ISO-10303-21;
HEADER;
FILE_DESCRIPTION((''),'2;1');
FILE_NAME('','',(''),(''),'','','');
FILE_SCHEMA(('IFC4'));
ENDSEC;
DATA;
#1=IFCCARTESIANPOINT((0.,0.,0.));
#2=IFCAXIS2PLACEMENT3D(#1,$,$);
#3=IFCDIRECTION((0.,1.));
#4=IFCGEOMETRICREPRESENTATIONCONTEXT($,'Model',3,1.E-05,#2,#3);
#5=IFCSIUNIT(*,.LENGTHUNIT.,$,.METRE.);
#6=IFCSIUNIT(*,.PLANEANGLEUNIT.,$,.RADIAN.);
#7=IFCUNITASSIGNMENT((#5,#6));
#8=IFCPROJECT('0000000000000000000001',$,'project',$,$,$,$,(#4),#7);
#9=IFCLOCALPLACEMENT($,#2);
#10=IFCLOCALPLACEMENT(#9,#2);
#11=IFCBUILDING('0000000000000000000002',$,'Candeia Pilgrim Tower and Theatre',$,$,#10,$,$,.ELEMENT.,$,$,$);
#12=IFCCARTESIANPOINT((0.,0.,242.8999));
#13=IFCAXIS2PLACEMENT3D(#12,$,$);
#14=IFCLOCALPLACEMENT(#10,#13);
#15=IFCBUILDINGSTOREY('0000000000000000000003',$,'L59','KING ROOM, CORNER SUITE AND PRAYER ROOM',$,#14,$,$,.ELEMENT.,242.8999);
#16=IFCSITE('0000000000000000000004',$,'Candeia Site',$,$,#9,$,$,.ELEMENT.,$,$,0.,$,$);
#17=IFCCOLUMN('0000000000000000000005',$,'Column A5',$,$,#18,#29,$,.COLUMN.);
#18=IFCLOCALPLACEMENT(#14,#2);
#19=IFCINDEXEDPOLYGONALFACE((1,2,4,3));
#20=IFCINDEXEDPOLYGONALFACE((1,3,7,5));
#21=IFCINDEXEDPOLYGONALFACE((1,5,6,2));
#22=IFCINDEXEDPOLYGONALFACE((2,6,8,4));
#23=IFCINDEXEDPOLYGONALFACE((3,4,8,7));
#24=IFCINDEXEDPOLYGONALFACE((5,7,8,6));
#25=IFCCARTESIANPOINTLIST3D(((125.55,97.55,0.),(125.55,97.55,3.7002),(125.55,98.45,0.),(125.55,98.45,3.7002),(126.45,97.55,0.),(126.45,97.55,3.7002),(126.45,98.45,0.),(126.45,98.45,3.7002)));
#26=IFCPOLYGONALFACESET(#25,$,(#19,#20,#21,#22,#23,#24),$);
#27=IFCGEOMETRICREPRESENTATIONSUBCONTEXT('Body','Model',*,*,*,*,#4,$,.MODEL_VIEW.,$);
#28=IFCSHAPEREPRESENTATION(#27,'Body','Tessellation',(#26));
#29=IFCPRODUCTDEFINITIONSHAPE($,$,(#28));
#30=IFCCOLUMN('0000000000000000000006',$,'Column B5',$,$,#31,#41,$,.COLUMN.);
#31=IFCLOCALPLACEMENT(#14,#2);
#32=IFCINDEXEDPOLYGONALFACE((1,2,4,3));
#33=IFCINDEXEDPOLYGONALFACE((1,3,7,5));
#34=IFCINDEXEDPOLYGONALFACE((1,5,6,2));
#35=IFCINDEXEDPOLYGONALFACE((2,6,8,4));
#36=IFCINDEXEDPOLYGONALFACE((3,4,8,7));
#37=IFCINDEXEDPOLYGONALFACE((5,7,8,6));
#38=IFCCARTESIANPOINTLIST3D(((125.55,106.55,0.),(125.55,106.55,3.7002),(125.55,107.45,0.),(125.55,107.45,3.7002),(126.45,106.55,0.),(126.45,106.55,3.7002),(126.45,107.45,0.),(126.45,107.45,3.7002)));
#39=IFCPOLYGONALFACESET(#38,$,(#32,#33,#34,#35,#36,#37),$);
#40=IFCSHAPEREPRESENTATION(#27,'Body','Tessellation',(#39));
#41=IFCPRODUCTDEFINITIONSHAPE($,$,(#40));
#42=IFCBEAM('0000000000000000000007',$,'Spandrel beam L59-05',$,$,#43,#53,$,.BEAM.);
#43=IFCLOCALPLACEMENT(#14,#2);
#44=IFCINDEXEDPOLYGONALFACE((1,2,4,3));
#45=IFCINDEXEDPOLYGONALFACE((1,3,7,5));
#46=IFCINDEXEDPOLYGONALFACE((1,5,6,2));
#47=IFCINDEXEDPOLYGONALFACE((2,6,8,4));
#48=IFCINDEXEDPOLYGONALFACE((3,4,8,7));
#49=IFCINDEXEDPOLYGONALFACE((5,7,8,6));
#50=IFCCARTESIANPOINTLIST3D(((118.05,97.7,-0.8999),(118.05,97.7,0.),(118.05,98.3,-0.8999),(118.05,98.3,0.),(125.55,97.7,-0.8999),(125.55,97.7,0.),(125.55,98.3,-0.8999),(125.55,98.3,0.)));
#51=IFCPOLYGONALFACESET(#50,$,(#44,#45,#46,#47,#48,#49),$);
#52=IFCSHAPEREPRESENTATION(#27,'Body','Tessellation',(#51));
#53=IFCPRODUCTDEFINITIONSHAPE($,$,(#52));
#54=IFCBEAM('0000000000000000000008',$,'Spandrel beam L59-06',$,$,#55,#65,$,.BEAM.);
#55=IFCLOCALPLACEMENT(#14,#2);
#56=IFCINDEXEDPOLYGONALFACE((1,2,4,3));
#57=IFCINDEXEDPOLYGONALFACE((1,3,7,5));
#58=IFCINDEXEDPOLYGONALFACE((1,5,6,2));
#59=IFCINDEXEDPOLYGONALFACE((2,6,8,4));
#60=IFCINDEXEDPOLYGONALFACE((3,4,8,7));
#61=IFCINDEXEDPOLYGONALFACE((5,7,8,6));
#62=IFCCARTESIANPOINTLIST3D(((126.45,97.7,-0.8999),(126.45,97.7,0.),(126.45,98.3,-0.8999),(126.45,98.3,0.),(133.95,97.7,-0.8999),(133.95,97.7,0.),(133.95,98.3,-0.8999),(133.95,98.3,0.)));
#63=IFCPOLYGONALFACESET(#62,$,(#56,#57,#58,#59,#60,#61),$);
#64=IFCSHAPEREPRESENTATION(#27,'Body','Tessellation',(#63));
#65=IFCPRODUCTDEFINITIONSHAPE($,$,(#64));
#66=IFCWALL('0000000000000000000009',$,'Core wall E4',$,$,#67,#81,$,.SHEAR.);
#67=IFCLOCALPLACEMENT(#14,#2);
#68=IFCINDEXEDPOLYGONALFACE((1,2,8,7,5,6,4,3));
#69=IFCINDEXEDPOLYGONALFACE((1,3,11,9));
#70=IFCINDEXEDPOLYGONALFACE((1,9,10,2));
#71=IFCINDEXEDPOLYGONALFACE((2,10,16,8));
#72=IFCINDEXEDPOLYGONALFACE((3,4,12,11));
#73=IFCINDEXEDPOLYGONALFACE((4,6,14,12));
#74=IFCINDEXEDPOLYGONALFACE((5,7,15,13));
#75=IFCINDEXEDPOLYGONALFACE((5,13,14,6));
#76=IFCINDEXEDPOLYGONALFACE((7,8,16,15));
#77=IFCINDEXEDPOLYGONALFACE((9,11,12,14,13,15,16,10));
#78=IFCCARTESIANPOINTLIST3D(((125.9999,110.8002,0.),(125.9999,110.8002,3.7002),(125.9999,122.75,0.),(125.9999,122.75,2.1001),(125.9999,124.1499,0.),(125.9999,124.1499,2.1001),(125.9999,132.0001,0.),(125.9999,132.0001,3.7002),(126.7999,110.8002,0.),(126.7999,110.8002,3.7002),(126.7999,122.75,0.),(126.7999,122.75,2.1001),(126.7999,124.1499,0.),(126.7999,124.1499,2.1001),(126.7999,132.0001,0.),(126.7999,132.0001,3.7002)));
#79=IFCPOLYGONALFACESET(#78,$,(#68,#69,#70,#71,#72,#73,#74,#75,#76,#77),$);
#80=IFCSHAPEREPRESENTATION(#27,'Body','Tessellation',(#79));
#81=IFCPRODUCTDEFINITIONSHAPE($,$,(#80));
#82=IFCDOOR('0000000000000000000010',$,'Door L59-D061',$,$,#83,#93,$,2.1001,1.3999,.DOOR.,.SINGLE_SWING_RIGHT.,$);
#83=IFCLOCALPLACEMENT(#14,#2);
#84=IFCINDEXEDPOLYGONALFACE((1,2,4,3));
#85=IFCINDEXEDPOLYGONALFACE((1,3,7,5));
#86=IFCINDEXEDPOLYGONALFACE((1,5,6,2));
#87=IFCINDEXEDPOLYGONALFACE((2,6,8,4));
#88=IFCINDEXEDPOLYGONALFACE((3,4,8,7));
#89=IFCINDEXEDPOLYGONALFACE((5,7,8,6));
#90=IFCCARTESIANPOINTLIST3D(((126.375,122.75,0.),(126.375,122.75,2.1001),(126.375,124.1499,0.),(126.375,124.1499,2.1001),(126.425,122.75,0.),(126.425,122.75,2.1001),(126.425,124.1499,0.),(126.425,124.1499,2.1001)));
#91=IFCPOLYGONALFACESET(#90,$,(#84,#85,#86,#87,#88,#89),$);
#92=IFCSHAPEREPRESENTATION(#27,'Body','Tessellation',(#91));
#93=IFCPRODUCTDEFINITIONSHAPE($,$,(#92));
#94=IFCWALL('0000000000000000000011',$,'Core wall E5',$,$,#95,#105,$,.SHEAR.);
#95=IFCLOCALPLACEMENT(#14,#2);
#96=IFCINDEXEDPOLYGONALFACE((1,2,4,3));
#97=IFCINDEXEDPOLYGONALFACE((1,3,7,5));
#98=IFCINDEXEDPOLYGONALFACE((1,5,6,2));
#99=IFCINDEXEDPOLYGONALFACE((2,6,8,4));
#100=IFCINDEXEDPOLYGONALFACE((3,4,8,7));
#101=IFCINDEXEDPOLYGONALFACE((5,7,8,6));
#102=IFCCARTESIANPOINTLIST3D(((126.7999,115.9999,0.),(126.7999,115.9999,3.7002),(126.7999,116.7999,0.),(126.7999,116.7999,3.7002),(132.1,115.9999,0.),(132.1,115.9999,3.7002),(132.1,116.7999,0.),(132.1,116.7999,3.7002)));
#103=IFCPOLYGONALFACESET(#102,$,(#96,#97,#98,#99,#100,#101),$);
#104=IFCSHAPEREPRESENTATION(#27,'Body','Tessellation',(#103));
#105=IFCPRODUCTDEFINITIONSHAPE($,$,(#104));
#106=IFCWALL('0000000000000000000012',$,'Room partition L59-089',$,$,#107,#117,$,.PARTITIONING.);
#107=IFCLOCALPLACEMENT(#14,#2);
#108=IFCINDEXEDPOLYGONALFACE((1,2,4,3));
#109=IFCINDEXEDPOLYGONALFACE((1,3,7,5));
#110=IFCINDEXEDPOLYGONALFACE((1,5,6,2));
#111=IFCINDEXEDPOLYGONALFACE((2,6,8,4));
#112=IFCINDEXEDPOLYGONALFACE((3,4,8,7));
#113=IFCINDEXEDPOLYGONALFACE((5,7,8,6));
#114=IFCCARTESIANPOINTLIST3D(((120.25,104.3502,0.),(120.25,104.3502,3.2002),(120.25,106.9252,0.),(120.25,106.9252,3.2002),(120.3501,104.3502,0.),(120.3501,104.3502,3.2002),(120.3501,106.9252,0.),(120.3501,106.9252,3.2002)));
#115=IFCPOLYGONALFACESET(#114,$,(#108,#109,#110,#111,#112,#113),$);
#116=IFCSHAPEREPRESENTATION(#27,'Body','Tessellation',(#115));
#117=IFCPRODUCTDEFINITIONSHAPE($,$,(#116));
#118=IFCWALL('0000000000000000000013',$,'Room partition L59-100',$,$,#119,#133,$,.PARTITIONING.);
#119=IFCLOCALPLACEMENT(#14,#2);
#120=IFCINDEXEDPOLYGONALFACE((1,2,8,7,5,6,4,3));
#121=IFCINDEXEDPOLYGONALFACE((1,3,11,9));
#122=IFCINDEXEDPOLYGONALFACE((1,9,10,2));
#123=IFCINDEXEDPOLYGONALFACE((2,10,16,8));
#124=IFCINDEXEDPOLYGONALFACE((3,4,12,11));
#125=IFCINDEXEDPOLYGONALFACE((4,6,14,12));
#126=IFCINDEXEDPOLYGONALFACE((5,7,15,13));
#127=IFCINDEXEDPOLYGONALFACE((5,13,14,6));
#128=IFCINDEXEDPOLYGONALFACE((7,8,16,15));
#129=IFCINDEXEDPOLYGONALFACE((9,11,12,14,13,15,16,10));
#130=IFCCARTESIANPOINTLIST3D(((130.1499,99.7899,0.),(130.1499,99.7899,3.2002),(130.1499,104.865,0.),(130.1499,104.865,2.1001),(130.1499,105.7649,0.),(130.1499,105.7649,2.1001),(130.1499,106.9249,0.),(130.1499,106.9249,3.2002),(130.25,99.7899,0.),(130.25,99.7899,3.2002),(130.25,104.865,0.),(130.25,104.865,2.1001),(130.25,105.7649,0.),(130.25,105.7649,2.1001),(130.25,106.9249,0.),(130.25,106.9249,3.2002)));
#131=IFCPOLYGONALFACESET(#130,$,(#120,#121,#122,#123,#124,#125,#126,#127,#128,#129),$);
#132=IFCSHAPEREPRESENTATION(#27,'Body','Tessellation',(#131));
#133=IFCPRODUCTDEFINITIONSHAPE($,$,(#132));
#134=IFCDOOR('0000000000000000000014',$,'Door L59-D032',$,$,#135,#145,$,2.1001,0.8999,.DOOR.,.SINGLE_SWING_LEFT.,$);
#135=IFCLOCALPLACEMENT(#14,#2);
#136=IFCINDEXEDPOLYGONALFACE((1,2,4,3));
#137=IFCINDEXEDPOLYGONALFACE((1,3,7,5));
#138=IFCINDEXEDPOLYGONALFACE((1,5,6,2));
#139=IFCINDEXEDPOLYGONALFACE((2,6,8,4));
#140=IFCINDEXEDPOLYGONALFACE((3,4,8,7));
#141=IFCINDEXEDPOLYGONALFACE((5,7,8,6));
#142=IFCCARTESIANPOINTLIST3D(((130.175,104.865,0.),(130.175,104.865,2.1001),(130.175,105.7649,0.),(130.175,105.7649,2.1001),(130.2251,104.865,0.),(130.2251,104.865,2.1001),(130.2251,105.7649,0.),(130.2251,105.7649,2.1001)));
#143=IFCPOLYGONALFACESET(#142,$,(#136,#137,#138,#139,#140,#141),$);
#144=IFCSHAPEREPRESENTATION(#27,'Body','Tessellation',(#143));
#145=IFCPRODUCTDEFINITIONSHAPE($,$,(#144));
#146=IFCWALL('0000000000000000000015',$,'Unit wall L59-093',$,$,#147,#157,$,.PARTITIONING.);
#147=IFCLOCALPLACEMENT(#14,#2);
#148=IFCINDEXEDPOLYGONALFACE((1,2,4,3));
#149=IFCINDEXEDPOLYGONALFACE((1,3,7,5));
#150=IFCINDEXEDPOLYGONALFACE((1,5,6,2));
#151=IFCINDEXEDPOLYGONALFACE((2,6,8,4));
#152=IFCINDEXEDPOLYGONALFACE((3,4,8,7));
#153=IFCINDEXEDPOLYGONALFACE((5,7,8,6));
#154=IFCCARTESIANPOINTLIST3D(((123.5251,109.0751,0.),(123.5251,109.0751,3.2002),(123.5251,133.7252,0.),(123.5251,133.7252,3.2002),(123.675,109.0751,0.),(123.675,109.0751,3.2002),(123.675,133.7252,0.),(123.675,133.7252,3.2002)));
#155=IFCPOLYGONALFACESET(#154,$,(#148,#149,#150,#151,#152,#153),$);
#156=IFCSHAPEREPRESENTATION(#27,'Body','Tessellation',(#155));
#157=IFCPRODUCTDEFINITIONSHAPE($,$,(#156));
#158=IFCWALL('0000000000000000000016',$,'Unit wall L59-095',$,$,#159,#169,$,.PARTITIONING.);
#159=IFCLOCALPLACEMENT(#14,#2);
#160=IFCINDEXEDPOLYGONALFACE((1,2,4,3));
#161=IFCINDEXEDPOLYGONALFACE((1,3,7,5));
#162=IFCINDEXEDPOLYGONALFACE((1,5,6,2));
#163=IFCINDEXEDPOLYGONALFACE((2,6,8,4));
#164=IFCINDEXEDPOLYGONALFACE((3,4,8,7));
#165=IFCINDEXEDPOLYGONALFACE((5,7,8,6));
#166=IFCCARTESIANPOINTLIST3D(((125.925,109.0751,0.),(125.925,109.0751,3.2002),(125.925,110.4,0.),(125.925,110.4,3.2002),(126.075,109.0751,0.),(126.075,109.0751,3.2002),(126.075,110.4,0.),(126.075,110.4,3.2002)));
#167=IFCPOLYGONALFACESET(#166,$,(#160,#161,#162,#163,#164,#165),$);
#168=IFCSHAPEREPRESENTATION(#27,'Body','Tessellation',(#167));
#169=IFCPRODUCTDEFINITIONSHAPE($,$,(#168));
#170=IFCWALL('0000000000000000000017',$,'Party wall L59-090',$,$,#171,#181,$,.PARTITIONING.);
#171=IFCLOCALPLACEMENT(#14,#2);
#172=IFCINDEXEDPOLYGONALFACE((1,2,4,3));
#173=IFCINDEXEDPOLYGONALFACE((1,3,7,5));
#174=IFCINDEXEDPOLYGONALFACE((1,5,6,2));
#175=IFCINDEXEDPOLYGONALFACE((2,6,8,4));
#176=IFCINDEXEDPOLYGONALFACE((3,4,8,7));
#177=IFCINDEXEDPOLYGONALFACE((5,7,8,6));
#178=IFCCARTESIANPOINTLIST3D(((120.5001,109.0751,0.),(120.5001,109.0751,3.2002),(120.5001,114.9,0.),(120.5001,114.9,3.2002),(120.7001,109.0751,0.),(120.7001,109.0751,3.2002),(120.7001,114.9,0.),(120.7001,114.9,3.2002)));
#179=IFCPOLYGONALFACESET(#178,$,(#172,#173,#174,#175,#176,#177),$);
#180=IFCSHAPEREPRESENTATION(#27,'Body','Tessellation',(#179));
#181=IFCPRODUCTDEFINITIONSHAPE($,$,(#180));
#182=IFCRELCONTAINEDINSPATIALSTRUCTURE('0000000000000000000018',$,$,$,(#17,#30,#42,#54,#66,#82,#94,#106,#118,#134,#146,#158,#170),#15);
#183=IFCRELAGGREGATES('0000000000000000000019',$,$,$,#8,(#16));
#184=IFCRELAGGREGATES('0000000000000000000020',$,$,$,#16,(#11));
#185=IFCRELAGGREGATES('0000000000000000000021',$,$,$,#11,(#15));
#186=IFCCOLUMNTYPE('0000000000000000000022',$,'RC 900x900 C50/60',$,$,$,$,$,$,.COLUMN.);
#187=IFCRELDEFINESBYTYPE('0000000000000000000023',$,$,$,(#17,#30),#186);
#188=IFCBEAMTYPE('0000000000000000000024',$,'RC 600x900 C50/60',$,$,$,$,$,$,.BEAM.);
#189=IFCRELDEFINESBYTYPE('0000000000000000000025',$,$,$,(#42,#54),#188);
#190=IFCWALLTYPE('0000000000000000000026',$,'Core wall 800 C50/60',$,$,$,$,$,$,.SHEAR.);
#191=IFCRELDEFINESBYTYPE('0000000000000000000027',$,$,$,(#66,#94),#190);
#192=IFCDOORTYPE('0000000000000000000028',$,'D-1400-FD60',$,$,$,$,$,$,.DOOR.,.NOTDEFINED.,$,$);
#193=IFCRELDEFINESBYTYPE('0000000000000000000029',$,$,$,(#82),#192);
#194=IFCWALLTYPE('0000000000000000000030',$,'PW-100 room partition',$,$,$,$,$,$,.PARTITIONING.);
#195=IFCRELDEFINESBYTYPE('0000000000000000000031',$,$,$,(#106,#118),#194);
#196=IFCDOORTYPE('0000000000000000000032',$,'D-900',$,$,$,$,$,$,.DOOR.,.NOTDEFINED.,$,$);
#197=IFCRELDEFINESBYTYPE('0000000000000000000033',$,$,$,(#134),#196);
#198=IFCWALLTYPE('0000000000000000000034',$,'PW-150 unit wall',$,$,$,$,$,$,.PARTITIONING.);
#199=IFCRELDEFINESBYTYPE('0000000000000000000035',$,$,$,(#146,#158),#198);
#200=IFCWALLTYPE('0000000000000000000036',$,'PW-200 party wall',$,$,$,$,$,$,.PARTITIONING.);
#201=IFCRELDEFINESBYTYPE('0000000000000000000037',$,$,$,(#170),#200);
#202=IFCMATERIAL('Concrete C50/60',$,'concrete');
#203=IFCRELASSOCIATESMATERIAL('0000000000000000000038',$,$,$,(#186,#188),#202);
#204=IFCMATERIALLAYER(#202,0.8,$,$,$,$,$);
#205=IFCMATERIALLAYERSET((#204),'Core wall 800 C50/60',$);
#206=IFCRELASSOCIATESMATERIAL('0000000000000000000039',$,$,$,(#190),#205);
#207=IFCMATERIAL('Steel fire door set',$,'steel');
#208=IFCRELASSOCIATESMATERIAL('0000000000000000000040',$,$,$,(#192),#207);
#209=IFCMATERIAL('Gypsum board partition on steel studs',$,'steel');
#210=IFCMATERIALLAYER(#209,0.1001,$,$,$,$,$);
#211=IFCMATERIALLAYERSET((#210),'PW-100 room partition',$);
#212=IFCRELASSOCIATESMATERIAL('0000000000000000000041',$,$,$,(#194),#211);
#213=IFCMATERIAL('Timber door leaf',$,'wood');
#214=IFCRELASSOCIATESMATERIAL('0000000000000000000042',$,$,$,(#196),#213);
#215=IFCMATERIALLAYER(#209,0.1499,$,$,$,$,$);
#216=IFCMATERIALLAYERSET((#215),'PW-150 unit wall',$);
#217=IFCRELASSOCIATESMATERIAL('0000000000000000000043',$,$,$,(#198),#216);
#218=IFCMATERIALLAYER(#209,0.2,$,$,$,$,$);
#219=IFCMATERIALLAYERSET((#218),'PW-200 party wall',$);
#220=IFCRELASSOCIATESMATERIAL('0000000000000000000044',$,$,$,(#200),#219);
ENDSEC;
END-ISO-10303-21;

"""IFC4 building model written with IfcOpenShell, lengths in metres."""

from ifc_helpers import new_model, si_unit, direction, frame, frame_2d, origin, origin_2d, place, context, subcontext, project, spatial, rectangle, extrude, material, layer, layer_set, material_profile, profile_set, type_object, element, fill, save


model = new_model("IFC4")

# Units and contexts
model_context = context("Model", 3, precision=1e-05, world=origin(), true_north=direction((0.0, 1.0)))
body_context = subcontext(model_context, "Body", "Model", "MODEL_VIEW")
ifc_project = project(units=[si_unit("LENGTHUNIT", "METRE"), si_unit("PLANEANGLEUNIT", "RADIAN")], contexts=[model_context])

# Site, building, storey
site_placement = place(None, origin())
site = spatial("IfcSite", under=ifc_project, at=site_placement, Name="Candeia Site", CompositionType="ELEMENT", RefElevation=0.0)
building_placement = place(site_placement, origin())
building = spatial("IfcBuilding", under=site, at=building_placement, Name="Candeia Pilgrim Tower and Theatre", CompositionType="ELEMENT")
storey_placement = place(building_placement, frame((0.0, 0.0, 242.8999)))
storey = spatial("IfcBuildingStorey", under=building, at=storey_placement, Name="L59", Description="KING ROOM, CORNER SUITE AND PRAYER ROOM", CompositionType="ELEMENT", Elevation=242.8999)

# Columns
ifc_material_1 = material(Name="Concrete C50/60", Category="concrete")
ifc_material_profile_1 = material_profile(ifc_material_1, rectangle(XDim=0.8999, YDim=0.8999, at=origin_2d()))
ifc_profile_set_1 = profile_set([ifc_material_profile_1], Name="Concrete C50/60")
column_type = type_object("IfcColumnType", Name="RC 900x900 C50/60", PredefinedType="COLUMN", material=ifc_profile_set_1)
for number, where, z_axis, x_axis, name in (
    (1, (126.0, 98.0, 0.0), (0.0, 0.0, 1.0), (1.0, 0.0, 0.0), "Column A5"),
    (2, (126.0, 107.0, 0.0), (0.0, 0.0, 1.0), (1.0, 0.0, 0.0), "Column B5"),
):
    element("IfcColumn", number, at=place(storey_placement, frame(where, z_axis=z_axis, x_axis=x_axis)), inside=storey, type_object=column_type, Name=name, PredefinedType="COLUMN", context=body_context, shape_type="SweptSolid", body=[
        extrude(rectangle(XDim=0.8999, YDim=0.8999, at=origin_2d()), origin(), (0.0, 0.0, 1.0), 3.7002),
    ])

# Beams
ifc_material_profile_2 = material_profile(ifc_material_1, rectangle(XDim=0.6001, YDim=0.8999, at=origin_2d()))
ifc_profile_set_2 = profile_set([ifc_material_profile_2], Name="Concrete C50/60")
beam_type = type_object("IfcBeamType", Name="RC 600x900 C50/60", PredefinedType="BEAM", material=ifc_profile_set_2)
for number, where, z_axis, x_axis, name in (
    (3, (118.05, 98.0, -0.45), (1.0, 0.0, 0.0), (0.0, 1.0, 0.0), "Spandrel beam L59-05"),
    (4, (126.45, 98.0, -0.45), (1.0, 0.0, 0.0), (0.0, 1.0, 0.0), "Spandrel beam L59-06"),
):
    element("IfcBeam", number, at=place(storey_placement, frame(where, z_axis=z_axis, x_axis=x_axis)), inside=storey, type_object=beam_type, Name=name, PredefinedType="BEAM", context=body_context, shape_type="SweptSolid", body=[
        extrude(rectangle(XDim=0.6001, YDim=0.8999, at=origin_2d()), origin(), (0.0, 0.0, 1.0), 7.5),
    ])

# Wall, opening, door
ifc_layer_1 = layer(ifc_material_1, 0.8)
ifc_layer_set_1 = layer_set([ifc_layer_1], Name="Core wall 800 C50/60")
wall_type_1 = type_object("IfcWallType", Name="Core wall 800 C50/60", PredefinedType="SHEAR", material=ifc_layer_set_1)
wall_1_placement = place(storey_placement, frame((126.3999, 110.8, 0.0), z_axis=(0.0, 0.0, 1.0), x_axis=(0.0, 1.0, 0.0)))
wall_1 = element("IfcWall", 5, at=wall_1_placement, inside=storey, type_object=wall_type_1, Name="Core wall E4", PredefinedType="SHEAR", context=body_context, shape_type="SweptSolid", body=[
    extrude(rectangle(XDim=21.2, YDim=0.8, at=frame_2d((10.6001, 0.0))), origin(), (0.0, 0.0, 1.0), 3.7002),
])
opening_1_placement = place(wall_1_placement, frame((11.95, 0.0, 0.0)))
opening_1 = element("IfcOpeningElement", 6, at=opening_1_placement, cuts=wall_1, PredefinedType="OPENING", context=body_context, shape_type="SweptSolid", body=[
    extrude(rectangle(XDim=1.3999, YDim=2.1001, at=frame_2d((0.7, 1.05))), frame((0.0, 0.4102, 0.0), z_axis=(0.0, -1.0, 0.0), x_axis=(1.0, 0.0, 0.0)), (0.0, 0.0, 1.0), 0.8201),
])
ifc_material_2 = material(Name="Steel fire door set", Category="steel")
door_type_1 = type_object("IfcDoorType", Name="D-1400-FD60", OperationType="NOTDEFINED", PredefinedType="DOOR", material=ifc_material_2)
door_1_placement = place(opening_1_placement, origin())
door_1 = element("IfcDoor", 7, at=door_1_placement, inside=storey, type_object=door_type_1, Name="Door L59-D061", OperationType="SINGLE_SWING_RIGHT", OverallHeight=2.1001, OverallWidth=1.3999, PredefinedType="DOOR", context=body_context, shape_type="SweptSolid", body=[
    extrude(rectangle(XDim=1.3999, YDim=2.1001, at=frame_2d((0.7, 1.05))), frame((0.0, 0.0249, 0.0), z_axis=(0.0, -1.0, 0.0), x_axis=(1.0, 0.0, 0.0)), (0.0, 0.0, 1.0), 0.05),
])
fill(opening_1, door_1)

# Walls
wall_2_placement = place(storey_placement, frame((126.8, 116.3999, 0.0), z_axis=(0.0, 0.0, 1.0), x_axis=(1.0, 0.0, 0.0)))
element("IfcWall", 8, at=wall_2_placement, inside=storey, type_object=wall_type_1, Name="Core wall E5", PredefinedType="SHEAR", context=body_context, shape_type="SweptSolid", body=[
    extrude(rectangle(XDim=5.3, YDim=0.8, at=frame_2d((2.6499, 0.0))), origin(), (0.0, 0.0, 1.0), 3.7002),
])
ifc_material_3 = material(Name="Gypsum board partition on steel studs", Category="steel")
ifc_layer_2 = layer(ifc_material_3, 0.1001)
ifc_layer_set_2 = layer_set([ifc_layer_2], Name="PW-100 room partition")
wall_type_2 = type_object("IfcWallType", Name="PW-100 room partition", PredefinedType="PARTITIONING", material=ifc_layer_set_2)
wall_3_placement = place(storey_placement, frame((120.3, 104.3501, 0.0), z_axis=(0.0, 0.0, 1.0), x_axis=(0.0, 1.0, 0.0)))
element("IfcWall", 9, at=wall_3_placement, inside=storey, type_object=wall_type_2, Name="Room partition L59-089", PredefinedType="PARTITIONING", context=body_context, shape_type="SweptSolid", body=[
    extrude(rectangle(XDim=2.575, YDim=0.1001, at=frame_2d((1.2876, 0.0))), origin(), (0.0, 0.0, 1.0), 3.2002),
])

# Wall, opening, door
wall_4_placement = place(storey_placement, frame((130.2, 99.79, 0.0), z_axis=(0.0, 0.0, 1.0), x_axis=(0.0, 1.0, 0.0)))
wall_4 = element("IfcWall", 10, at=wall_4_placement, inside=storey, type_object=wall_type_2, Name="Room partition L59-100", PredefinedType="PARTITIONING", context=body_context, shape_type="SweptSolid", body=[
    extrude(rectangle(XDim=7.135, YDim=0.1001, at=frame_2d((3.5674, 0.0))), origin(), (0.0, 0.0, 1.0), 3.2002),
])
opening_2_placement = place(wall_4_placement, frame((5.075, 0.0, 0.0)))
opening_2 = element("IfcOpeningElement", 11, at=opening_2_placement, cuts=wall_4, PredefinedType="OPENING", context=body_context, shape_type="SweptSolid", body=[
    extrude(rectangle(XDim=0.8999, YDim=2.1001, at=frame_2d((0.45, 1.05))), frame((0.0, 0.0601, 0.0), z_axis=(0.0, -1.0, 0.0), x_axis=(1.0, 0.0, 0.0)), (0.0, 0.0, 1.0), 0.1201),
])
ifc_material_4 = material(Name="Timber door leaf", Category="wood")
door_type_2 = type_object("IfcDoorType", Name="D-900", OperationType="NOTDEFINED", PredefinedType="DOOR", material=ifc_material_4)
door_2_placement = place(opening_2_placement, origin())
door_2 = element("IfcDoor", 12, at=door_2_placement, inside=storey, type_object=door_type_2, Name="Door L59-D032", OperationType="SINGLE_SWING_LEFT", OverallHeight=2.1001, OverallWidth=0.8999, PredefinedType="DOOR", context=body_context, shape_type="SweptSolid", body=[
    extrude(rectangle(XDim=0.8999, YDim=2.1001, at=frame_2d((0.45, 1.05))), frame((0.0, 0.0249, 0.0), z_axis=(0.0, -1.0, 0.0), x_axis=(1.0, 0.0, 0.0)), (0.0, 0.0, 1.0), 0.05),
])
fill(opening_2, door_2)

# Walls
ifc_layer_3 = layer(ifc_material_3, 0.1499)
ifc_layer_set_3 = layer_set([ifc_layer_3], Name="PW-150 unit wall")
wall_type_3 = type_object("IfcWallType", Name="PW-150 unit wall", PredefinedType="PARTITIONING", material=ifc_layer_set_3)
wall_5_placement = place(storey_placement, frame((123.6001, 109.075, 0.0), z_axis=(0.0, 0.0, 1.0), x_axis=(0.0, 1.0, 0.0)))
element("IfcWall", 13, at=wall_5_placement, inside=storey, type_object=wall_type_3, Name="Unit wall L59-093", PredefinedType="PARTITIONING", context=body_context, shape_type="SweptSolid", body=[
    extrude(rectangle(XDim=24.6501, YDim=0.1499, at=frame_2d((12.3252, 0.0))), origin(), (0.0, 0.0, 1.0), 3.2002),
])
wall_6_placement = place(storey_placement, frame((126.0, 109.075, 0.0), z_axis=(0.0, 0.0, 1.0), x_axis=(0.0, 1.0, 0.0)))
element("IfcWall", 14, at=wall_6_placement, inside=storey, type_object=wall_type_3, Name="Unit wall L59-095", PredefinedType="PARTITIONING", context=body_context, shape_type="SweptSolid", body=[
    extrude(rectangle(XDim=1.325, YDim=0.1499, at=frame_2d((0.6626, 0.0))), origin(), (0.0, 0.0, 1.0), 3.2002),
])
ifc_layer_4 = layer(ifc_material_3, 0.2)
ifc_layer_set_4 = layer_set([ifc_layer_4], Name="PW-200 party wall")
wall_type_4 = type_object("IfcWallType", Name="PW-200 party wall", PredefinedType="PARTITIONING", material=ifc_layer_set_4)
wall_7_placement = place(storey_placement, frame((120.6001, 109.075, 0.0), z_axis=(0.0, 0.0, 1.0), x_axis=(0.0, 1.0, 0.0)))
element("IfcWall", 15, at=wall_7_placement, inside=storey, type_object=wall_type_4, Name="Party wall L59-090", PredefinedType="PARTITIONING", context=body_context, shape_type="SweptSolid", body=[
    extrude(rectangle(XDim=5.825, YDim=0.2, at=frame_2d((2.9126, 0.0))), origin(), (0.0, 0.0, 1.0), 3.2002),
])

save(model, "model.ifc")
